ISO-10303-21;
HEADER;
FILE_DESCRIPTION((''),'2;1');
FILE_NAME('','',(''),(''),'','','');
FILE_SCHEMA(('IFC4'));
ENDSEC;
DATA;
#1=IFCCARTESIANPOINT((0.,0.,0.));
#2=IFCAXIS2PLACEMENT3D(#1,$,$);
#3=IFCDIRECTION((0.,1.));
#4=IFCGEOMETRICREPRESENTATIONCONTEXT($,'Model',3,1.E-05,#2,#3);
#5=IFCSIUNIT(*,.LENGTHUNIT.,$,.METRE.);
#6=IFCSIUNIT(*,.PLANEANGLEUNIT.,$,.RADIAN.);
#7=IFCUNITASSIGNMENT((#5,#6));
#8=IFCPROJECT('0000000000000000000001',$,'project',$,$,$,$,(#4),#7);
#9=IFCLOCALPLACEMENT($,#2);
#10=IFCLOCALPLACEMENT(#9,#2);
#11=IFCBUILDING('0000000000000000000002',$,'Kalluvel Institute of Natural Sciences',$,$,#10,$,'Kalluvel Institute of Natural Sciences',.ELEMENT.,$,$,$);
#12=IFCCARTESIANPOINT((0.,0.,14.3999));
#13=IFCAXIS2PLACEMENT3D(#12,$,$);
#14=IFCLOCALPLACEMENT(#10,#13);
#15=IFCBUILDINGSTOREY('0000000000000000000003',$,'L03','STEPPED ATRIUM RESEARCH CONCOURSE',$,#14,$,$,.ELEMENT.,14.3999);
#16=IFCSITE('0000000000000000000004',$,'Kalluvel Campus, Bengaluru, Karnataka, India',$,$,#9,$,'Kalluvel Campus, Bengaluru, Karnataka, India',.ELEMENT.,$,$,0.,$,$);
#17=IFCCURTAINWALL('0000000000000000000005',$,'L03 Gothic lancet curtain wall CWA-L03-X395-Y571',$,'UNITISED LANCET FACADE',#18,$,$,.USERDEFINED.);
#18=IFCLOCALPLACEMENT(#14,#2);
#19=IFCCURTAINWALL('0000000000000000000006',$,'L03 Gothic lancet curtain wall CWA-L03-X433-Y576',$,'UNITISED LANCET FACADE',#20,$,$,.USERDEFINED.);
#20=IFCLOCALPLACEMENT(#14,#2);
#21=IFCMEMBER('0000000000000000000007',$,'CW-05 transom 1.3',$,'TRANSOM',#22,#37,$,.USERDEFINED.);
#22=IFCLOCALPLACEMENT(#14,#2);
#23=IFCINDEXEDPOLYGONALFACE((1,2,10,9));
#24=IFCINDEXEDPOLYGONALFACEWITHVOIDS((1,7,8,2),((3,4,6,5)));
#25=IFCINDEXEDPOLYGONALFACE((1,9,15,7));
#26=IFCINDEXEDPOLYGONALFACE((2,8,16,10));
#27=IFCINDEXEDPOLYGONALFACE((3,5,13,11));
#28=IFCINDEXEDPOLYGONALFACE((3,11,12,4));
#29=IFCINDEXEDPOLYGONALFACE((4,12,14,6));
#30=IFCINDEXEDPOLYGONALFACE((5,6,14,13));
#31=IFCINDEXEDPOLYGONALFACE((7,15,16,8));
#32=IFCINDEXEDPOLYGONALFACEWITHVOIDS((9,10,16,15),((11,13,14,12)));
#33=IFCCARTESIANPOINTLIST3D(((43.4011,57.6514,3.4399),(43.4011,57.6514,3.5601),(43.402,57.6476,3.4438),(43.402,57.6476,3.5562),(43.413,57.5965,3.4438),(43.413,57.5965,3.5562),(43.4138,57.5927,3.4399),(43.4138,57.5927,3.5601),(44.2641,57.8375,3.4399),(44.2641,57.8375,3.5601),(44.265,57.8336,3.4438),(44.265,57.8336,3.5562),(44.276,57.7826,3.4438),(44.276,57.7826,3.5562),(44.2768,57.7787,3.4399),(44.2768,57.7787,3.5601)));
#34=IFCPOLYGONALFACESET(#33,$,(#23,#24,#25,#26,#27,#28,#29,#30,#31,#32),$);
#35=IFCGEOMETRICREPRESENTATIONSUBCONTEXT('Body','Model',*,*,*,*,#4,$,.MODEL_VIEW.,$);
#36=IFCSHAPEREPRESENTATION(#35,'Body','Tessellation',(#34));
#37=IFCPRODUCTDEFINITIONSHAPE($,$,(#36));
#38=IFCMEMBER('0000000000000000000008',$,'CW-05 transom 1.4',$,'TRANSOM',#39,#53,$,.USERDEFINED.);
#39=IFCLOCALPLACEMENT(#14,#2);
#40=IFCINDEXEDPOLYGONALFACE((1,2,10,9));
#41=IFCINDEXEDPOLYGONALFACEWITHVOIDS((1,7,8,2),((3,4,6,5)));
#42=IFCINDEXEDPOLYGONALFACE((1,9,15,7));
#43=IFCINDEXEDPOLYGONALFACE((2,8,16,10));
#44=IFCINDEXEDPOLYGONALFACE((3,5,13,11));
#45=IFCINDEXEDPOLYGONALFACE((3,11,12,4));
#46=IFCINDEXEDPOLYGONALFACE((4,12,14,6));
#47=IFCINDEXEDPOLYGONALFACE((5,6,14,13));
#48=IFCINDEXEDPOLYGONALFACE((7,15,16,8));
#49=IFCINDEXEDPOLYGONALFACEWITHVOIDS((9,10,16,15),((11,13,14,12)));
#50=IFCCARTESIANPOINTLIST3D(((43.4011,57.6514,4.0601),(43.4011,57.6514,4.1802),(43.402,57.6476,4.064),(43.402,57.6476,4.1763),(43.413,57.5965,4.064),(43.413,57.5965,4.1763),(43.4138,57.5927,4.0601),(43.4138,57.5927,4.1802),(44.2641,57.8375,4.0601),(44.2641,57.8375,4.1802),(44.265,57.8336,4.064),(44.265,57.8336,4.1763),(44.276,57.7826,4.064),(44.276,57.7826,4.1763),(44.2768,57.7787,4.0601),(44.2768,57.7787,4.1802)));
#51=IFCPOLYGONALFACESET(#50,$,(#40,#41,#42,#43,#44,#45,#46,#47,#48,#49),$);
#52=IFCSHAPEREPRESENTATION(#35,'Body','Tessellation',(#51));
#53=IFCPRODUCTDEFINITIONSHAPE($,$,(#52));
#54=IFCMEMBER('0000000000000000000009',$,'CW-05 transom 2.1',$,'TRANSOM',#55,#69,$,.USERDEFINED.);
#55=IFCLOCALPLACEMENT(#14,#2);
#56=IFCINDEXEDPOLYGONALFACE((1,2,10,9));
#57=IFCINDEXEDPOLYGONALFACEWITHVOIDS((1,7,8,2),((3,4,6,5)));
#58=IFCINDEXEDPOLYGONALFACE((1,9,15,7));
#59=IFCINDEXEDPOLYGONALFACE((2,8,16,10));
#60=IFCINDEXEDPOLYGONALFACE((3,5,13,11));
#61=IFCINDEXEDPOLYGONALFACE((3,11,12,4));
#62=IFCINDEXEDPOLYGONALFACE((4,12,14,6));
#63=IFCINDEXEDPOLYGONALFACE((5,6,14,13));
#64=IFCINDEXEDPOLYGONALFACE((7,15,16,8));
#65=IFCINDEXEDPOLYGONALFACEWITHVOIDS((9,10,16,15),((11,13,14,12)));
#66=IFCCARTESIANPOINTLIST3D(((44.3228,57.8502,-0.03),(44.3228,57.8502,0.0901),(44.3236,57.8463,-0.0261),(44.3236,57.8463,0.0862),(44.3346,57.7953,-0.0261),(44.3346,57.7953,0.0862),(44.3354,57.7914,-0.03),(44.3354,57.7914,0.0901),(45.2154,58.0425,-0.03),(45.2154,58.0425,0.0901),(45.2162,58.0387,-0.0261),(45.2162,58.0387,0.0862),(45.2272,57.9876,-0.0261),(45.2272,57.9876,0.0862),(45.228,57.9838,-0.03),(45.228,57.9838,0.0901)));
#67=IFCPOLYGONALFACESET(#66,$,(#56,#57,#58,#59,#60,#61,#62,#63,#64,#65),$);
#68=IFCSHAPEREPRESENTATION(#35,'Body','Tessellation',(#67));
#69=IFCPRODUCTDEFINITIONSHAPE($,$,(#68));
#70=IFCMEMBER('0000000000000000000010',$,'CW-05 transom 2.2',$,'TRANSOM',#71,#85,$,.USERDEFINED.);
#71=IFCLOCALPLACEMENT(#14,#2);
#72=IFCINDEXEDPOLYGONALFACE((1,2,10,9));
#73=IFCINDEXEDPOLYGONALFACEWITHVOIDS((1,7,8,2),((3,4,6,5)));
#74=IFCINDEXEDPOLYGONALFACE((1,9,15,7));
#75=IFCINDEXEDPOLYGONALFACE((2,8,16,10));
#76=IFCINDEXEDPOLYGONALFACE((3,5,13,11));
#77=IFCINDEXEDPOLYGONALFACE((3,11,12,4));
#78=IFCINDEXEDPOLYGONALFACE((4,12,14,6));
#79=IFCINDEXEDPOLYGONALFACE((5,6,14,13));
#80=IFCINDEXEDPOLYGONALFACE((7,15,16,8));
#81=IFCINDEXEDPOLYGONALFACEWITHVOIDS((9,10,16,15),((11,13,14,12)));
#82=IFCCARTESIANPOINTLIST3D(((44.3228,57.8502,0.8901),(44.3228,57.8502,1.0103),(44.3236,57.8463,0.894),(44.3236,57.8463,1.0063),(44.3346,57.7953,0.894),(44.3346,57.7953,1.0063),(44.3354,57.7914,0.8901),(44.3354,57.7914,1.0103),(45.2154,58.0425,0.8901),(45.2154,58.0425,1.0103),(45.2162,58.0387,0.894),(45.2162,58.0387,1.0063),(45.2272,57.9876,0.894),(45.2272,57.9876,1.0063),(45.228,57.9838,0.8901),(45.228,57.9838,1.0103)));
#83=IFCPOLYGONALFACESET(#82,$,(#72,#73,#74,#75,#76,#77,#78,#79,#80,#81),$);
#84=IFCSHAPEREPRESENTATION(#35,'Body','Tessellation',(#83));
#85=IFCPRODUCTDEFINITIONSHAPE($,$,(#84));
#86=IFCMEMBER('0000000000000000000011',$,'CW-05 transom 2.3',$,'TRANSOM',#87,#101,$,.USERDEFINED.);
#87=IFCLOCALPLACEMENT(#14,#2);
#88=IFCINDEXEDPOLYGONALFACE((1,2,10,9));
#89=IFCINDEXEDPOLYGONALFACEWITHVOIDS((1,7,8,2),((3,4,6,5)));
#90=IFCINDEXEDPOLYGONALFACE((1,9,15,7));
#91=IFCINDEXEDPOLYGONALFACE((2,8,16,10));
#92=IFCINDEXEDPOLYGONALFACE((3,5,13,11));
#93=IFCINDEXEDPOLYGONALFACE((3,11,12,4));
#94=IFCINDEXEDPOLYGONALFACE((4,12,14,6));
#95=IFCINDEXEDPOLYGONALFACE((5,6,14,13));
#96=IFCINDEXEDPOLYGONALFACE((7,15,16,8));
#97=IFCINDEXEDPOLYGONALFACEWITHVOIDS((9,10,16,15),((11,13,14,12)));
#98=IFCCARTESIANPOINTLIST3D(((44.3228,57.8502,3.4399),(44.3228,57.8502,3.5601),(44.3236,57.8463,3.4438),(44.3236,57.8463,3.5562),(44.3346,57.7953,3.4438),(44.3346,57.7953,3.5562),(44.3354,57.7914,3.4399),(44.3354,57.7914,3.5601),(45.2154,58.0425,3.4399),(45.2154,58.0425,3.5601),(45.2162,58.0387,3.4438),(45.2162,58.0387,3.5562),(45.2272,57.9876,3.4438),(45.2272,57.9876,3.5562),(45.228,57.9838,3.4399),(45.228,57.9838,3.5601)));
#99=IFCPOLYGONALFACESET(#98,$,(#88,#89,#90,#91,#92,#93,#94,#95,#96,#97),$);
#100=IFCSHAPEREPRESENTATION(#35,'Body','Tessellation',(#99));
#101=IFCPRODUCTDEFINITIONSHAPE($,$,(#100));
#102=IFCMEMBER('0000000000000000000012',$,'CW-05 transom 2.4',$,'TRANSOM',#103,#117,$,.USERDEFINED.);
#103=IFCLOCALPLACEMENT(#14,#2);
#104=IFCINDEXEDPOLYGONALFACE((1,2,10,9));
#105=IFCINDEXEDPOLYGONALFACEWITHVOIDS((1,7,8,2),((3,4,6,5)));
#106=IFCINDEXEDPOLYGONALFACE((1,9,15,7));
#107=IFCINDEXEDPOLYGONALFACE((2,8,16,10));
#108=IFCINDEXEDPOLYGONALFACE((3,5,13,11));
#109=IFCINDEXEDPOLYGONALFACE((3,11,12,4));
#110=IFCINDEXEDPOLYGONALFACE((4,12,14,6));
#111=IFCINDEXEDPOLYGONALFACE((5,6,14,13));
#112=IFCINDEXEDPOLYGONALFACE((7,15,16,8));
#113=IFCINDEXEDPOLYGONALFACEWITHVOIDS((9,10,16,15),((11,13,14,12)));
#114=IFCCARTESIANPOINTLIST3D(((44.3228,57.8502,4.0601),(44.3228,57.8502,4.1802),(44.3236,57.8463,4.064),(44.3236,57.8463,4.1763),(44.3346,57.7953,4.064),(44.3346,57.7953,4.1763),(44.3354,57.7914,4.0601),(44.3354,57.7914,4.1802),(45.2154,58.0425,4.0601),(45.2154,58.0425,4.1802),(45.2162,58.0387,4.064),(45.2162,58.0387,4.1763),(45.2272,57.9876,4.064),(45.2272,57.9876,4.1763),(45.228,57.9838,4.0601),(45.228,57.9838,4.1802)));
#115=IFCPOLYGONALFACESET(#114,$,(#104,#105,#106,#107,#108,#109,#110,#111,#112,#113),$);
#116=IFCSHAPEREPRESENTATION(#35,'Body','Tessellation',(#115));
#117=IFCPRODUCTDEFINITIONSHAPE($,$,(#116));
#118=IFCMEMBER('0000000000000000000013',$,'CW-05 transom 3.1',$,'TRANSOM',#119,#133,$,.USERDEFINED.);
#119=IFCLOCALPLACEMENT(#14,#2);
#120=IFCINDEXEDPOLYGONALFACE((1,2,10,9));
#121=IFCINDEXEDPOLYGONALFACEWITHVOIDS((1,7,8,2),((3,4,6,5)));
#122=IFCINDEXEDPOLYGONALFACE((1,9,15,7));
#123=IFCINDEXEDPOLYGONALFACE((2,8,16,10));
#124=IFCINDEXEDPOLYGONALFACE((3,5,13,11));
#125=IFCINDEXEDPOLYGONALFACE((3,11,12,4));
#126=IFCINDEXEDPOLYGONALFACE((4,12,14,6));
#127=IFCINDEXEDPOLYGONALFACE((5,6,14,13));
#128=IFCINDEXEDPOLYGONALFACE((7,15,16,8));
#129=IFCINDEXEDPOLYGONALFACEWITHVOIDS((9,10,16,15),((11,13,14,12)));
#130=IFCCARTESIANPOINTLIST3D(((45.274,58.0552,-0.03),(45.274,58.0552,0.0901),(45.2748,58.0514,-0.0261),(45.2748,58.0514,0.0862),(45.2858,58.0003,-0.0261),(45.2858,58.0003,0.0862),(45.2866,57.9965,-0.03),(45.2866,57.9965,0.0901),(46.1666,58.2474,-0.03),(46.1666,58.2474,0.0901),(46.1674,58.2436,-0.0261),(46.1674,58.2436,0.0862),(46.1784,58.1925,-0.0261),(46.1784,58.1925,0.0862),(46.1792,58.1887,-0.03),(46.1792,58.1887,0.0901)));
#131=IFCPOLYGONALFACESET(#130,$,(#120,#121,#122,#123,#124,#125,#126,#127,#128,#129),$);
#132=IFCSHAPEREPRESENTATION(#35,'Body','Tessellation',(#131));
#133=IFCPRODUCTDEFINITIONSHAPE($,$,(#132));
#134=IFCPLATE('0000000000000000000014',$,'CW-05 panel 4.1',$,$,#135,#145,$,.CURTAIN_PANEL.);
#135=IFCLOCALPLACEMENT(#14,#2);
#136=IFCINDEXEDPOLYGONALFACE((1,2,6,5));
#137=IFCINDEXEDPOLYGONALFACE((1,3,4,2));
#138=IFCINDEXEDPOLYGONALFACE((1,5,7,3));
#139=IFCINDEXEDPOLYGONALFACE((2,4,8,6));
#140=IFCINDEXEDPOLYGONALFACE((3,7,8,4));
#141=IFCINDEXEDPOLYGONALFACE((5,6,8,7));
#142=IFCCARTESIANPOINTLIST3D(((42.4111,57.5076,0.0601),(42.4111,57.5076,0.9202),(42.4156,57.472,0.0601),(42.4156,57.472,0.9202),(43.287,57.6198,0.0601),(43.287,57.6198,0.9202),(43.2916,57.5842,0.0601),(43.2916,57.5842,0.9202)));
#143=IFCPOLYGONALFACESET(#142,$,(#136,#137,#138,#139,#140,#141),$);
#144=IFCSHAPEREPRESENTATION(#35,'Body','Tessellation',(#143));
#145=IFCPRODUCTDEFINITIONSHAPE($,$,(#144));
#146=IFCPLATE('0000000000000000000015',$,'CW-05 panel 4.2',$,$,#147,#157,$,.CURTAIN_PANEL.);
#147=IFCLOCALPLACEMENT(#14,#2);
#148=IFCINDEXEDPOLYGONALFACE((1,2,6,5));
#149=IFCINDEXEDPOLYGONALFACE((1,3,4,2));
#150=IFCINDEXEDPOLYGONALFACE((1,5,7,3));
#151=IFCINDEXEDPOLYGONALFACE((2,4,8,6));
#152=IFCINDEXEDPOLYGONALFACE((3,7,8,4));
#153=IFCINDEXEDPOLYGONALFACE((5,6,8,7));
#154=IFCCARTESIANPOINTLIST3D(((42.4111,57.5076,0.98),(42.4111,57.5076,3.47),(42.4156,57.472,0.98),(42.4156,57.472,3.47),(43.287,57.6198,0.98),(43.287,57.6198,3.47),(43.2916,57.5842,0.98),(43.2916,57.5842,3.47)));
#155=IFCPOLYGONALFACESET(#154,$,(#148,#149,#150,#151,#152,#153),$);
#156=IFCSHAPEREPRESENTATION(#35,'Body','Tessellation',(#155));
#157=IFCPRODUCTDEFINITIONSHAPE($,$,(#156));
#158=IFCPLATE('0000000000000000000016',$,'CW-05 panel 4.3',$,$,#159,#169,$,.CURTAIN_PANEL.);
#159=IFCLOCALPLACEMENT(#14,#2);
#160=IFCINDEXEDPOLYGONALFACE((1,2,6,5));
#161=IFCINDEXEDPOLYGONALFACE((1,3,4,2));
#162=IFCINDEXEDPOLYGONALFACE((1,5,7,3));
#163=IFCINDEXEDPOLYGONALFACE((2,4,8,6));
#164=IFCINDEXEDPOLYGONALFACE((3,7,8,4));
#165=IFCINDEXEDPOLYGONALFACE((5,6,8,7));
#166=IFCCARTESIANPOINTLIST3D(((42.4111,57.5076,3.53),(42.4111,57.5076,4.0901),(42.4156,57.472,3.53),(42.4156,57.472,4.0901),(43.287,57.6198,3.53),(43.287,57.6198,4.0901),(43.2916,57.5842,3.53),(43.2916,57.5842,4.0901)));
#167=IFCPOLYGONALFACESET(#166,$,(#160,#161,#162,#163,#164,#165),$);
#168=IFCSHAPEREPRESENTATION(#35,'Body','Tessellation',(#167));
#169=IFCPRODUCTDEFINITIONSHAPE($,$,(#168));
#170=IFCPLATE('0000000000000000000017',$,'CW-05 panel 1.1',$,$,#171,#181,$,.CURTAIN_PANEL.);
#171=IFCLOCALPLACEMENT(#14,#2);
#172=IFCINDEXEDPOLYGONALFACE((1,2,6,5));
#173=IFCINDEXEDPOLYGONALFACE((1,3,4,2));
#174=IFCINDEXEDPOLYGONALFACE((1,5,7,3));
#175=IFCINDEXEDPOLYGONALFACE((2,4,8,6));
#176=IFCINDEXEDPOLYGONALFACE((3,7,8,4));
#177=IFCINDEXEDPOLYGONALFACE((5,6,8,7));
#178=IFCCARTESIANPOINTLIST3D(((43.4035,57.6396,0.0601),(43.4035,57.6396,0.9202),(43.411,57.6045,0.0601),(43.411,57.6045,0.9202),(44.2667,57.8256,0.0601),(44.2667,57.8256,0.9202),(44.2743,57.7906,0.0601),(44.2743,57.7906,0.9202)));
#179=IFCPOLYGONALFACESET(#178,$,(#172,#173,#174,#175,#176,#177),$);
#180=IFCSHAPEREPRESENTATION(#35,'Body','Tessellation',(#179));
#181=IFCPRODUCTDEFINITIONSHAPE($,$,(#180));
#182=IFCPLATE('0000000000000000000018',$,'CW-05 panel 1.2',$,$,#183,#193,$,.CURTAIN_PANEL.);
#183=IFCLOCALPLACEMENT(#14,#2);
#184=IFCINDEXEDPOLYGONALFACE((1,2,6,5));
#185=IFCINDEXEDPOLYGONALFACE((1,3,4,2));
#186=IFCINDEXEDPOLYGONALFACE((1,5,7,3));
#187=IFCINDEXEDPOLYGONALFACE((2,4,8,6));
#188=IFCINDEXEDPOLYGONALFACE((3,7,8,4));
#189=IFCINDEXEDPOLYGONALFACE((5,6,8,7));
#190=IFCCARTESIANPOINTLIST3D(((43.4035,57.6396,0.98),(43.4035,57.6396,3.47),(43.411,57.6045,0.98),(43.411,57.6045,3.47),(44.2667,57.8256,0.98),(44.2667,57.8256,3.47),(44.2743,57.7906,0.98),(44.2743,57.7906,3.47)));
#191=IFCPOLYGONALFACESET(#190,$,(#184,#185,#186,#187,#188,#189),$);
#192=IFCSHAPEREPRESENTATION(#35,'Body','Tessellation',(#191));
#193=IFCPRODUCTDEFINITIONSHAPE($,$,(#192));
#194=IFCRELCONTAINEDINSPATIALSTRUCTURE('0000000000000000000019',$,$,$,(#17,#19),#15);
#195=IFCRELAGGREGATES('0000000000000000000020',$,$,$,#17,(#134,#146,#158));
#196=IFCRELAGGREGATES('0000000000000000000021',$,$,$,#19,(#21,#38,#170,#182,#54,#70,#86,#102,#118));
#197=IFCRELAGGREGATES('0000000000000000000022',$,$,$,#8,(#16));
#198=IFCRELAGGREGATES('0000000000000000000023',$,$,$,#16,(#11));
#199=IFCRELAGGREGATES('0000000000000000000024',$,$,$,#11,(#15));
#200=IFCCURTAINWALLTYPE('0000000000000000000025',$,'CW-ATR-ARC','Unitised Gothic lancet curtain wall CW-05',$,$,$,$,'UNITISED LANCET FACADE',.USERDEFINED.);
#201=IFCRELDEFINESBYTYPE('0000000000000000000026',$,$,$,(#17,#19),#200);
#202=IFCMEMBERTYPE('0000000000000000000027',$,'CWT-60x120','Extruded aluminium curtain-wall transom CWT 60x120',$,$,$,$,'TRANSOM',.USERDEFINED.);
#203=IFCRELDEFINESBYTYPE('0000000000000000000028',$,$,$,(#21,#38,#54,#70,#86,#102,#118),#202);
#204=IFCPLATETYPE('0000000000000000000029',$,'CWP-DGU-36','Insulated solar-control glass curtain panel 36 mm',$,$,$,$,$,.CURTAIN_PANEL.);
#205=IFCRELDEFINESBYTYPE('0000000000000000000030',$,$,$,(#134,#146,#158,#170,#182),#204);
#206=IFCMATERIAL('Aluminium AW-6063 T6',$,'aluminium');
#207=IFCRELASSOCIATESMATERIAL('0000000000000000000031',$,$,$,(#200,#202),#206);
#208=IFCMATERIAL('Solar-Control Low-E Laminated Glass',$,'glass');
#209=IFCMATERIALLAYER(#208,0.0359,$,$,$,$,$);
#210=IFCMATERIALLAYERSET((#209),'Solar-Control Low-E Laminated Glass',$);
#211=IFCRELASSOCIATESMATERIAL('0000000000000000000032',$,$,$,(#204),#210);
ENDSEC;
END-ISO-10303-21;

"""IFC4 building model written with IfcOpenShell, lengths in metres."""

from ifc_helpers import new_model, si_unit, direction, frame, origin, origin_2d, place, context, subcontext, project, spatial, rectangle, hollow_rectangle, extrude, material, layer, layer_set, material_profile, profile_set, type_object, element, aggregate, save


model = new_model("IFC4")

# Units and contexts
model_context = context("Model", 3, precision=1e-05, world=origin(), true_north=direction((0.0, 1.0)))
body_context = subcontext(model_context, "Body", "Model", "MODEL_VIEW")
ifc_project = project(units=[si_unit("LENGTHUNIT", "METRE"), si_unit("PLANEANGLEUNIT", "RADIAN")], contexts=[model_context])

# Site, building, storey
site_placement = place(None, origin())
site = spatial("IfcSite", under=ifc_project, at=site_placement, Name="Kalluvel Campus, Bengaluru, Karnataka, India", LongName="Kalluvel Campus, Bengaluru, Karnataka, India", CompositionType="ELEMENT", RefElevation=0.0)
building_placement = place(site_placement, origin())
building = spatial("IfcBuilding", under=site, at=building_placement, Name="Kalluvel Institute of Natural Sciences", LongName="Kalluvel Institute of Natural Sciences", CompositionType="ELEMENT")
storey_placement = place(building_placement, frame((0.0, 0.0, 14.3999)))
storey = spatial("IfcBuildingStorey", under=building, at=storey_placement, Name="L03", Description="STEPPED ATRIUM RESEARCH CONCOURSE", CompositionType="ELEMENT", Elevation=14.3999)

# Curtain walls
ifc_material_1 = material(Name="Aluminium AW-6063 T6", Category="aluminium")
curtain_wall_type = type_object("IfcCurtainWallType", Name="CW-ATR-ARC", Description="Unitised Gothic lancet curtain wall CW-05", ElementType="UNITISED LANCET FACADE", PredefinedType="USERDEFINED", material=ifc_material_1)
curtain_wall_1_placement = place(storey_placement, origin())
curtain_wall_1 = element("IfcCurtainWall", 1, at=curtain_wall_1_placement, inside=storey, type_object=curtain_wall_type, Name="L03 Gothic lancet curtain wall CWA-L03-X395-Y571", ObjectType="UNITISED LANCET FACADE", PredefinedType="USERDEFINED")
curtain_wall_2_placement = place(storey_placement, origin())
curtain_wall_2 = element("IfcCurtainWall", 2, at=curtain_wall_2_placement, inside=storey, type_object=curtain_wall_type, Name="L03 Gothic lancet curtain wall CWA-L03-X433-Y576", ObjectType="UNITISED LANCET FACADE", PredefinedType="USERDEFINED")

# Members
ifc_material_profile_1 = material_profile(ifc_material_1, hollow_rectangle(XDim=0.0601, YDim=0.1201, WallThickness=0.0039, at=origin_2d()), Name="CWT 60x120")
ifc_profile_set_1 = profile_set([ifc_material_profile_1], Name="Aluminium AW-6063 T6")
member_type_1 = type_object("IfcMemberType", Name="CWT-60x120", Description="Extruded aluminium curtain-wall transom CWT 60x120", ElementType="TRANSOM", PredefinedType="USERDEFINED", material=ifc_profile_set_1)
member_1_placement = place(storey_placement, frame((43.4075, 57.6221, 3.5), z_axis=(0.977547, 0.210719, 0.0), x_axis=(-0.210719, 0.977547, 0.0)))
member_1 = element("IfcMember", 3, at=member_1_placement, type_object=member_type_1, Name="CW-05 transom 1.3", ObjectType="TRANSOM", PredefinedType="USERDEFINED", context=body_context, shape_type="SweptSolid", body=[
    extrude(hollow_rectangle(XDim=0.0601, YDim=0.1201, WallThickness=0.0039, at=origin_2d()), origin(), (0.0, 0.0, 1.0), 0.8828),
])
member_2_placement = place(storey_placement, frame((43.4075, 57.6221, 4.1201), z_axis=(0.977547, 0.210719, 0.0), x_axis=(-0.210719, 0.977547, 0.0)))
member_2 = element("IfcMember", 4, at=member_2_placement, type_object=member_type_1, Name="CW-05 transom 1.4", ObjectType="TRANSOM", PredefinedType="USERDEFINED", context=body_context, shape_type="SweptSolid", body=[
    extrude(hollow_rectangle(XDim=0.0601, YDim=0.1201, WallThickness=0.0039, at=origin_2d()), origin(), (0.0, 0.0, 1.0), 0.8828),
])
member_3_placement = place(storey_placement, frame((44.3291, 57.8208, 0.03), z_axis=(0.977551, 0.210698, 0.0), x_axis=(-0.210698, 0.977551, 0.0)))
member_3 = element("IfcMember", 5, at=member_3_placement, type_object=member_type_1, Name="CW-05 transom 2.1", ObjectType="TRANSOM", PredefinedType="USERDEFINED", context=body_context, shape_type="SweptSolid", body=[
    extrude(hollow_rectangle(XDim=0.0601, YDim=0.1201, WallThickness=0.0039, at=origin_2d()), origin(), (0.0, 0.0, 1.0), 0.9131),
])
member_4_placement = place(storey_placement, frame((44.3291, 57.8208, 0.9502), z_axis=(0.977551, 0.210698, 0.0), x_axis=(-0.210698, 0.977551, 0.0)))
member_4 = element("IfcMember", 6, at=member_4_placement, type_object=member_type_1, Name="CW-05 transom 2.2", ObjectType="TRANSOM", PredefinedType="USERDEFINED", context=body_context, shape_type="SweptSolid", body=[
    extrude(hollow_rectangle(XDim=0.0601, YDim=0.1201, WallThickness=0.0039, at=origin_2d()), origin(), (0.0, 0.0, 1.0), 0.9131),
])
member_5_placement = place(storey_placement, frame((44.3291, 57.8208, 3.5), z_axis=(0.977551, 0.210698, 0.0), x_axis=(-0.210698, 0.977551, 0.0)))
member_5 = element("IfcMember", 7, at=member_5_placement, type_object=member_type_1, Name="CW-05 transom 2.3", ObjectType="TRANSOM", PredefinedType="USERDEFINED", context=body_context, shape_type="SweptSolid", body=[
    extrude(hollow_rectangle(XDim=0.0601, YDim=0.1201, WallThickness=0.0039, at=origin_2d()), origin(), (0.0, 0.0, 1.0), 0.9131),
])
member_6_placement = place(storey_placement, frame((44.3291, 57.8208, 4.1201), z_axis=(0.977551, 0.210698, 0.0), x_axis=(-0.210698, 0.977551, 0.0)))
member_6 = element("IfcMember", 8, at=member_6_placement, type_object=member_type_1, Name="CW-05 transom 2.4", ObjectType="TRANSOM", PredefinedType="USERDEFINED", context=body_context, shape_type="SweptSolid", body=[
    extrude(hollow_rectangle(XDim=0.0601, YDim=0.1201, WallThickness=0.0039, at=origin_2d()), origin(), (0.0, 0.0, 1.0), 0.9131),
])
member_7_placement = place(storey_placement, frame((45.2803, 58.0259, 0.03), z_axis=(0.977606, 0.210442, 0.0), x_axis=(-0.210442, 0.977606, 0.0)))
member_7 = element("IfcMember", 9, at=member_7_placement, type_object=member_type_1, Name="CW-05 transom 3.1", ObjectType="TRANSOM", PredefinedType="USERDEFINED", context=body_context, shape_type="SweptSolid", body=[
    extrude(hollow_rectangle(XDim=0.0601, YDim=0.1201, WallThickness=0.0039, at=origin_2d()), origin(), (0.0, 0.0, 1.0), 0.9131),
])

# Plates
ifc_material_2 = material(Name="Solar-Control Low-E Laminated Glass", Category="glass")
ifc_layer = layer(ifc_material_2, 0.0359)
ifc_layer_set = layer_set([ifc_layer], Name="Solar-Control Low-E Laminated Glass")
plate_type = type_object("IfcPlateType", Name="CWP-DGU-36", Description="Insulated solar-control glass curtain panel 36 mm", PredefinedType="CURTAIN_PANEL", material=ifc_layer_set)
plate_1_placement = place(storey_placement, frame((42.8513, 57.5459, 0.0601), z_axis=(0.0, 0.0, 1.0), x_axis=(0.991901, 0.12701, 0.0)))
plate_1 = element("IfcPlate", 10, at=plate_1_placement, type_object=plate_type, Name="CW-05 panel 4.1", PredefinedType="CURTAIN_PANEL", context=body_context, shape_type="SweptSolid", body=[
    extrude(rectangle(XDim=0.8831, YDim=0.0359, at=origin_2d()), origin(), (0.0, 0.0, 1.0), 0.8601),
])
plate_2_placement = place(storey_placement, frame((42.8513, 57.5459, 0.98), z_axis=(0.0, 0.0, 1.0), x_axis=(0.991901, 0.12701, 0.0)))
plate_2 = element("IfcPlate", 11, at=plate_2_placement, type_object=plate_type, Name="CW-05 panel 4.2", PredefinedType="CURTAIN_PANEL", context=body_context, shape_type="SweptSolid", body=[
    extrude(rectangle(XDim=0.8831, YDim=0.0359, at=origin_2d()), origin(), (0.0, 0.0, 1.0), 2.49),
])
plate_3_placement = place(storey_placement, frame((42.8513, 57.5459, 3.53), z_axis=(0.0, 0.0, 1.0), x_axis=(0.991901, 0.12701, 0.0)))
plate_3 = element("IfcPlate", 12, at=plate_3_placement, type_object=plate_type, Name="CW-05 panel 4.3", PredefinedType="CURTAIN_PANEL", context=body_context, shape_type="SweptSolid", body=[
    extrude(rectangle(XDim=0.8831, YDim=0.0359, at=origin_2d()), origin(), (0.0, 0.0, 1.0), 0.5601),
])
aggregate(curtain_wall_1, [plate_1, plate_2, plate_3])
plate_4_placement = place(storey_placement, frame((43.8389, 57.7151, 0.0601), z_axis=(0.0, 0.0, 1.0), x_axis=(0.977557, 0.210671, 0.0)))
plate_4 = element("IfcPlate", 13, at=plate_4_placement, type_object=plate_type, Name="CW-05 panel 1.1", PredefinedType="CURTAIN_PANEL", context=body_context, shape_type="SweptSolid", body=[
    extrude(rectangle(XDim=0.8831, YDim=0.0359, at=origin_2d()), origin(), (0.0, 0.0, 1.0), 0.8601),
])
plate_5_placement = place(storey_placement, frame((43.8389, 57.7151, 0.98), z_axis=(0.0, 0.0, 1.0), x_axis=(0.977557, 0.210671, 0.0)))
plate_5 = element("IfcPlate", 14, at=plate_5_placement, type_object=plate_type, Name="CW-05 panel 1.2", PredefinedType="CURTAIN_PANEL", context=body_context, shape_type="SweptSolid", body=[
    extrude(rectangle(XDim=0.8831, YDim=0.0359, at=origin_2d()), origin(), (0.0, 0.0, 1.0), 2.49),
])
aggregate(curtain_wall_2, [member_1, member_2, plate_4, plate_5, member_3, member_4, member_5, member_6, member_7])

save(model, "model.ifc")
